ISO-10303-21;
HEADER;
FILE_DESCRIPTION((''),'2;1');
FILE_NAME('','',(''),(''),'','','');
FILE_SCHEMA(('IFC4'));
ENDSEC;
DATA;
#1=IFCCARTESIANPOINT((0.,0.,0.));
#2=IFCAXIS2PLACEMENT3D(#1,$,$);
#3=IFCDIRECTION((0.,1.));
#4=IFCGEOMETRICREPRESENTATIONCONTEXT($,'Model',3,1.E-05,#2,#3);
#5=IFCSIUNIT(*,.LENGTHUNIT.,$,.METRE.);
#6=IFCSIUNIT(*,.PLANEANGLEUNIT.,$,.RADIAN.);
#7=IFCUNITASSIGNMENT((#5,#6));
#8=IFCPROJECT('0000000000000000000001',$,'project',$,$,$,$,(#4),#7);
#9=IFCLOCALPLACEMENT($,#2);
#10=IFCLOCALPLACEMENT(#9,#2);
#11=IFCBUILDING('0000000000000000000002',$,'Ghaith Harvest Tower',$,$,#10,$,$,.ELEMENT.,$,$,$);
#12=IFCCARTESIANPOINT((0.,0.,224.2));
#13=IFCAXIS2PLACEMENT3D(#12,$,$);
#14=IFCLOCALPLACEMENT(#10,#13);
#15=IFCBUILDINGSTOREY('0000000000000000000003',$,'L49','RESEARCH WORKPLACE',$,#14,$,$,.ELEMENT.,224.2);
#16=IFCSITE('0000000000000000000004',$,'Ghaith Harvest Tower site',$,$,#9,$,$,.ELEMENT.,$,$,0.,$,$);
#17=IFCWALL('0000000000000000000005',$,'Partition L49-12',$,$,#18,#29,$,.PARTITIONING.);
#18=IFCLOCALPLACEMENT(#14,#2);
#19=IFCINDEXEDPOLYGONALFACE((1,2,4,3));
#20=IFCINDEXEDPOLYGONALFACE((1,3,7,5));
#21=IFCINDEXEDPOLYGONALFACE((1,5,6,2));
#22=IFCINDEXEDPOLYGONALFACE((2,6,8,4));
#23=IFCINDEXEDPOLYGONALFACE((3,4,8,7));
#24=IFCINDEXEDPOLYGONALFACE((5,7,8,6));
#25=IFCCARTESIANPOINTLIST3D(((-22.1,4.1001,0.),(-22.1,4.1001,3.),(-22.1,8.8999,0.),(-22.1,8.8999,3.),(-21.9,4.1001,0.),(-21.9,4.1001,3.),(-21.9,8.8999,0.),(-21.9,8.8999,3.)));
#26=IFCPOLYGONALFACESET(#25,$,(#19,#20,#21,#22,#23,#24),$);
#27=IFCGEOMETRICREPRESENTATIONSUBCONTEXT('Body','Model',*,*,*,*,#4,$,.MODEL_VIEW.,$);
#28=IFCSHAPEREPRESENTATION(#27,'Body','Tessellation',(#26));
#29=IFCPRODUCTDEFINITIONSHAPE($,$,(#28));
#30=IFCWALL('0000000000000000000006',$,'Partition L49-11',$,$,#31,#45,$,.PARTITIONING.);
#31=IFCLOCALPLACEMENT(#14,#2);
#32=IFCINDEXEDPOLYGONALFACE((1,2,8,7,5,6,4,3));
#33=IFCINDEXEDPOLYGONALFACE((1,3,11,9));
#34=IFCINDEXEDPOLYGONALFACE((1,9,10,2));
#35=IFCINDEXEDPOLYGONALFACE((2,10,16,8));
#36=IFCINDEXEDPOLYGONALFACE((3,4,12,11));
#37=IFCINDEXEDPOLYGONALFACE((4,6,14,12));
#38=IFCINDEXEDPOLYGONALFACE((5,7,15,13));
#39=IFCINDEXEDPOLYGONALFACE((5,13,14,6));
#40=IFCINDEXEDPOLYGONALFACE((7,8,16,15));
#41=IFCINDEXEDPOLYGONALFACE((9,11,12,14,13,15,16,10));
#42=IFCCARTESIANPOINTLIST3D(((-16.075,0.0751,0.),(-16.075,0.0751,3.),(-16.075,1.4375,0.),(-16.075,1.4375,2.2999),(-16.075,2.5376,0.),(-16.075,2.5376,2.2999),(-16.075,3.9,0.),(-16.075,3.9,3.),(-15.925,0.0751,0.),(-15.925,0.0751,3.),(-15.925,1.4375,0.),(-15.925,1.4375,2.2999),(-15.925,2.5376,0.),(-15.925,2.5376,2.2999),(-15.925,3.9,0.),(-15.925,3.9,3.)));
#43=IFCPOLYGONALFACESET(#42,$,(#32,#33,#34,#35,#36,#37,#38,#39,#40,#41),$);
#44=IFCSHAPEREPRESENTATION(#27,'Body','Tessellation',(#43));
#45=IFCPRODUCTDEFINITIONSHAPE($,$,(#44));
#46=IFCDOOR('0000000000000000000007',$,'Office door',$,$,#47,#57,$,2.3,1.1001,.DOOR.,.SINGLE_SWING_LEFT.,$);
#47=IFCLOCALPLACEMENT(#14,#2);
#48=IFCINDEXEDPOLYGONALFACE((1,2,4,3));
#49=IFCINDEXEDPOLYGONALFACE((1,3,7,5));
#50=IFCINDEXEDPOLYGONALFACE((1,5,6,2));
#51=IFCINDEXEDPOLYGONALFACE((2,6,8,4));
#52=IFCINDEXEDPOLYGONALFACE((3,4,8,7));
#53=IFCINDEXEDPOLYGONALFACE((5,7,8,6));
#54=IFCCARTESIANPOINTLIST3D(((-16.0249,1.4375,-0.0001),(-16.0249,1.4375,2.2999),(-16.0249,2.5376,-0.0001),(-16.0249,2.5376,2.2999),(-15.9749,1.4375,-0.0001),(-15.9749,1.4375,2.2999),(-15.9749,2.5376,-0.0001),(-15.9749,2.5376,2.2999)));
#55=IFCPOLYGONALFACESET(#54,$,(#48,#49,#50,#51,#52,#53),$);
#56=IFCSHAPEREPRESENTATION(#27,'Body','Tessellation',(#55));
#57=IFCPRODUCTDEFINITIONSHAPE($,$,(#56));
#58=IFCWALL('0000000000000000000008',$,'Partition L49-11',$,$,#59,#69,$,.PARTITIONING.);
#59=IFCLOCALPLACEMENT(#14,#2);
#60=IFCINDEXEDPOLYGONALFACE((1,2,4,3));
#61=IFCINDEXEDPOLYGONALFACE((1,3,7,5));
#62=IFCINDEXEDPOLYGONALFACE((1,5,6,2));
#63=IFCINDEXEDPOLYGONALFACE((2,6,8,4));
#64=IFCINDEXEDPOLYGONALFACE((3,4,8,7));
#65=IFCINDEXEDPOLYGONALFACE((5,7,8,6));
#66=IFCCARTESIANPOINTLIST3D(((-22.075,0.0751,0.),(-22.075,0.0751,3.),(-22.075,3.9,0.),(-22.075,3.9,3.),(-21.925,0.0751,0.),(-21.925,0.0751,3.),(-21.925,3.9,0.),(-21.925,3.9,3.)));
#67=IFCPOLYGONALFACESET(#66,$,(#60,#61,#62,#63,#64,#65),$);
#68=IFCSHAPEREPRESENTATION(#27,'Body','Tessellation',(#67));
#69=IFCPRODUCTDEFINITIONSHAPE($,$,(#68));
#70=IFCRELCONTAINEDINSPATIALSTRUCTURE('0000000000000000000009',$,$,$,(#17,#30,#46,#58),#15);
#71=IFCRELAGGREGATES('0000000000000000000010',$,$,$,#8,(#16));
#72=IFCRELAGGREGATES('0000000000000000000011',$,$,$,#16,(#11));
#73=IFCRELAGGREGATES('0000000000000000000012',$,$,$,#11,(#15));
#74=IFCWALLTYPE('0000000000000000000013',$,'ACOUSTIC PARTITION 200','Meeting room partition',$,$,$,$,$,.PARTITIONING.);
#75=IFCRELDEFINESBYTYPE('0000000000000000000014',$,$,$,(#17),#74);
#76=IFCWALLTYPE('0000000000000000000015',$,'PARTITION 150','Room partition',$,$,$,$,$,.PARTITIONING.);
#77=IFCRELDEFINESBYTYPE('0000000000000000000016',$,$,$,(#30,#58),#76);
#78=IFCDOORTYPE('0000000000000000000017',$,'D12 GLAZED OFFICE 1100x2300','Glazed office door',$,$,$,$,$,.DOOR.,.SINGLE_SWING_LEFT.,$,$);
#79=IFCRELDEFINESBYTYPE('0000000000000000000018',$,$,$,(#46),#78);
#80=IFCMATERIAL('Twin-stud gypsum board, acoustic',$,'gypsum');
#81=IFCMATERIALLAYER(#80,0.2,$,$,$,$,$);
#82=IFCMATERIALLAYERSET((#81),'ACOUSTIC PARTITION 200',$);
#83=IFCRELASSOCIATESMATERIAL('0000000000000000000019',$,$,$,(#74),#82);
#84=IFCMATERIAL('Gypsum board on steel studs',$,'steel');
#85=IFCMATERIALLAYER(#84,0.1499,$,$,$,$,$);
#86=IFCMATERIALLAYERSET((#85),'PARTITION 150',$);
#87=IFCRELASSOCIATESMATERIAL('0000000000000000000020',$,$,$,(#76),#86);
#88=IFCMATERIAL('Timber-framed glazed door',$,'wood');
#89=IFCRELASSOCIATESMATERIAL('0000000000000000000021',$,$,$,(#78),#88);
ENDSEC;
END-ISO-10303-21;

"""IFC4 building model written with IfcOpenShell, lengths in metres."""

from ifc_helpers import new_model, si_unit, direction, frame, frame_2d, origin, place, context, subcontext, project, spatial, rectangle, extrude, material, layer, layer_set, type_object, element, fill, save


model = new_model("IFC4")

# Units and contexts
model_context = context("Model", 3, precision=1e-05, world=origin(), true_north=direction((0.0, 1.0)))
body_context = subcontext(model_context, "Body", "Model", "MODEL_VIEW")
ifc_project = project(units=[si_unit("LENGTHUNIT", "METRE"), si_unit("PLANEANGLEUNIT", "RADIAN")], contexts=[model_context])

# Site, building, storey
site_placement = place(None, origin())
site = spatial("IfcSite", under=ifc_project, at=site_placement, Name="Ghaith Harvest Tower site", CompositionType="ELEMENT", RefElevation=0.0)
building_placement = place(site_placement, origin())
building = spatial("IfcBuilding", under=site, at=building_placement, Name="Ghaith Harvest Tower", CompositionType="ELEMENT")
storey_placement = place(building_placement, frame((0.0, 0.0, 224.2)))
storey = spatial("IfcBuildingStorey", under=building, at=storey_placement, Name="L49", Description="RESEARCH WORKPLACE", CompositionType="ELEMENT", Elevation=224.2)

# Shared definitions
ifc_material_1 = material(Name="Twin-stud gypsum board, acoustic", Category="gypsum")
ifc_layer_1 = layer(ifc_material_1, 0.2)
ifc_layer_set_1 = layer_set([ifc_layer_1], Name="ACOUSTIC PARTITION 200")
wall_type_1 = type_object("IfcWallType", Name="ACOUSTIC PARTITION 200", Description="Meeting room partition", PredefinedType="PARTITIONING", material=ifc_layer_set_1)

# Wall
wall_1_placement = place(storey_placement, frame((-22.0, 4.1001, 0.0), z_axis=(0.0, 0.0, 1.0), x_axis=(0.0, 1.0, 0.0)))
element("IfcWall", 1, at=wall_1_placement, inside=storey, type_object=wall_type_1, Name="Partition L49-12", PredefinedType="PARTITIONING", context=body_context, shape_type="SweptSolid", body=[
    extrude(rectangle(XDim=4.7998, YDim=0.2, at=frame_2d((2.3999, 0.0))), origin(), (0.0, 0.0, 1.0), 3.0),
])

# Wall, opening, door
ifc_material_2 = material(Name="Gypsum board on steel studs", Category="steel")
ifc_layer_2 = layer(ifc_material_2, 0.1499)
ifc_layer_set_2 = layer_set([ifc_layer_2], Name="PARTITION 150")
wall_type_2 = type_object("IfcWallType", Name="PARTITION 150", Description="Room partition", PredefinedType="PARTITIONING", material=ifc_layer_set_2)
wall_2_placement = place(storey_placement, frame((-16.0, 0.075, 0.0), z_axis=(0.0, 0.0, 1.0), x_axis=(0.0, 1.0, 0.0)))
wall_2 = element("IfcWall", 2, at=wall_2_placement, inside=storey, type_object=wall_type_2, Name="Partition L49-11", PredefinedType="PARTITIONING", context=body_context, shape_type="SweptSolid", body=[
    extrude(rectangle(XDim=3.825, YDim=0.1499, at=frame_2d((1.9126, 0.0))), origin(), (0.0, 0.0, 1.0), 3.0),
])
opening_1_placement = place(wall_2_placement, frame((1.3625, 0.0, 0.0)))
opening_1 = element("IfcOpeningElement", 3, at=opening_1_placement, cuts=wall_2, PredefinedType="OPENING", context=body_context, shape_type="SweptSolid", body=[
    extrude(rectangle(XDim=1.1001, YDim=2.3, at=frame_2d((0.55, 1.1499))), frame((0.0, 0.085, 0.0), z_axis=(0.0, -1.0, 0.0), x_axis=(1.0, 0.0, 0.0)), (0.0, 0.0, 1.0), 0.1699),
])
ifc_material_3 = material(Name="Timber-framed glazed door", Category="wood")
door_type_1 = type_object("IfcDoorType", Name="D12 GLAZED OFFICE 1100x2300", Description="Glazed office door", OperationType="SINGLE_SWING_LEFT", PredefinedType="DOOR", material=ifc_material_3)
door_1_placement = place(opening_1_placement, origin())
door_1 = element("IfcDoor", 4, at=door_1_placement, inside=storey, type_object=door_type_1, Name="Office door", OperationType="SINGLE_SWING_LEFT", OverallHeight=2.3, OverallWidth=1.1001, PredefinedType="DOOR", context=body_context, shape_type="SweptSolid", body=[
    extrude(rectangle(XDim=1.1001, YDim=2.3, at=frame_2d((0.55, 1.1499))), frame((0.0, 0.0249, 0.0), z_axis=(0.0, -1.0, 0.0), x_axis=(1.0, 0.0, 0.0)), (0.0, 0.0, 1.0), 0.05),
])
fill(opening_1, door_1)

# Wall
wall_3_placement = place(storey_placement, frame((-22.0, 0.075, 0.0), z_axis=(0.0, 0.0, 1.0), x_axis=(0.0, 1.0, 0.0)))
element("IfcWall", 5, at=wall_3_placement, inside=storey, type_object=wall_type_2, Name="Partition L49-11", PredefinedType="PARTITIONING", context=body_context, shape_type="SweptSolid", body=[
    extrude(rectangle(XDim=3.825, YDim=0.1499, at=frame_2d((1.9126, 0.0))), origin(), (0.0, 0.0, 1.0), 3.0),
])

save(model, "model.ifc")
